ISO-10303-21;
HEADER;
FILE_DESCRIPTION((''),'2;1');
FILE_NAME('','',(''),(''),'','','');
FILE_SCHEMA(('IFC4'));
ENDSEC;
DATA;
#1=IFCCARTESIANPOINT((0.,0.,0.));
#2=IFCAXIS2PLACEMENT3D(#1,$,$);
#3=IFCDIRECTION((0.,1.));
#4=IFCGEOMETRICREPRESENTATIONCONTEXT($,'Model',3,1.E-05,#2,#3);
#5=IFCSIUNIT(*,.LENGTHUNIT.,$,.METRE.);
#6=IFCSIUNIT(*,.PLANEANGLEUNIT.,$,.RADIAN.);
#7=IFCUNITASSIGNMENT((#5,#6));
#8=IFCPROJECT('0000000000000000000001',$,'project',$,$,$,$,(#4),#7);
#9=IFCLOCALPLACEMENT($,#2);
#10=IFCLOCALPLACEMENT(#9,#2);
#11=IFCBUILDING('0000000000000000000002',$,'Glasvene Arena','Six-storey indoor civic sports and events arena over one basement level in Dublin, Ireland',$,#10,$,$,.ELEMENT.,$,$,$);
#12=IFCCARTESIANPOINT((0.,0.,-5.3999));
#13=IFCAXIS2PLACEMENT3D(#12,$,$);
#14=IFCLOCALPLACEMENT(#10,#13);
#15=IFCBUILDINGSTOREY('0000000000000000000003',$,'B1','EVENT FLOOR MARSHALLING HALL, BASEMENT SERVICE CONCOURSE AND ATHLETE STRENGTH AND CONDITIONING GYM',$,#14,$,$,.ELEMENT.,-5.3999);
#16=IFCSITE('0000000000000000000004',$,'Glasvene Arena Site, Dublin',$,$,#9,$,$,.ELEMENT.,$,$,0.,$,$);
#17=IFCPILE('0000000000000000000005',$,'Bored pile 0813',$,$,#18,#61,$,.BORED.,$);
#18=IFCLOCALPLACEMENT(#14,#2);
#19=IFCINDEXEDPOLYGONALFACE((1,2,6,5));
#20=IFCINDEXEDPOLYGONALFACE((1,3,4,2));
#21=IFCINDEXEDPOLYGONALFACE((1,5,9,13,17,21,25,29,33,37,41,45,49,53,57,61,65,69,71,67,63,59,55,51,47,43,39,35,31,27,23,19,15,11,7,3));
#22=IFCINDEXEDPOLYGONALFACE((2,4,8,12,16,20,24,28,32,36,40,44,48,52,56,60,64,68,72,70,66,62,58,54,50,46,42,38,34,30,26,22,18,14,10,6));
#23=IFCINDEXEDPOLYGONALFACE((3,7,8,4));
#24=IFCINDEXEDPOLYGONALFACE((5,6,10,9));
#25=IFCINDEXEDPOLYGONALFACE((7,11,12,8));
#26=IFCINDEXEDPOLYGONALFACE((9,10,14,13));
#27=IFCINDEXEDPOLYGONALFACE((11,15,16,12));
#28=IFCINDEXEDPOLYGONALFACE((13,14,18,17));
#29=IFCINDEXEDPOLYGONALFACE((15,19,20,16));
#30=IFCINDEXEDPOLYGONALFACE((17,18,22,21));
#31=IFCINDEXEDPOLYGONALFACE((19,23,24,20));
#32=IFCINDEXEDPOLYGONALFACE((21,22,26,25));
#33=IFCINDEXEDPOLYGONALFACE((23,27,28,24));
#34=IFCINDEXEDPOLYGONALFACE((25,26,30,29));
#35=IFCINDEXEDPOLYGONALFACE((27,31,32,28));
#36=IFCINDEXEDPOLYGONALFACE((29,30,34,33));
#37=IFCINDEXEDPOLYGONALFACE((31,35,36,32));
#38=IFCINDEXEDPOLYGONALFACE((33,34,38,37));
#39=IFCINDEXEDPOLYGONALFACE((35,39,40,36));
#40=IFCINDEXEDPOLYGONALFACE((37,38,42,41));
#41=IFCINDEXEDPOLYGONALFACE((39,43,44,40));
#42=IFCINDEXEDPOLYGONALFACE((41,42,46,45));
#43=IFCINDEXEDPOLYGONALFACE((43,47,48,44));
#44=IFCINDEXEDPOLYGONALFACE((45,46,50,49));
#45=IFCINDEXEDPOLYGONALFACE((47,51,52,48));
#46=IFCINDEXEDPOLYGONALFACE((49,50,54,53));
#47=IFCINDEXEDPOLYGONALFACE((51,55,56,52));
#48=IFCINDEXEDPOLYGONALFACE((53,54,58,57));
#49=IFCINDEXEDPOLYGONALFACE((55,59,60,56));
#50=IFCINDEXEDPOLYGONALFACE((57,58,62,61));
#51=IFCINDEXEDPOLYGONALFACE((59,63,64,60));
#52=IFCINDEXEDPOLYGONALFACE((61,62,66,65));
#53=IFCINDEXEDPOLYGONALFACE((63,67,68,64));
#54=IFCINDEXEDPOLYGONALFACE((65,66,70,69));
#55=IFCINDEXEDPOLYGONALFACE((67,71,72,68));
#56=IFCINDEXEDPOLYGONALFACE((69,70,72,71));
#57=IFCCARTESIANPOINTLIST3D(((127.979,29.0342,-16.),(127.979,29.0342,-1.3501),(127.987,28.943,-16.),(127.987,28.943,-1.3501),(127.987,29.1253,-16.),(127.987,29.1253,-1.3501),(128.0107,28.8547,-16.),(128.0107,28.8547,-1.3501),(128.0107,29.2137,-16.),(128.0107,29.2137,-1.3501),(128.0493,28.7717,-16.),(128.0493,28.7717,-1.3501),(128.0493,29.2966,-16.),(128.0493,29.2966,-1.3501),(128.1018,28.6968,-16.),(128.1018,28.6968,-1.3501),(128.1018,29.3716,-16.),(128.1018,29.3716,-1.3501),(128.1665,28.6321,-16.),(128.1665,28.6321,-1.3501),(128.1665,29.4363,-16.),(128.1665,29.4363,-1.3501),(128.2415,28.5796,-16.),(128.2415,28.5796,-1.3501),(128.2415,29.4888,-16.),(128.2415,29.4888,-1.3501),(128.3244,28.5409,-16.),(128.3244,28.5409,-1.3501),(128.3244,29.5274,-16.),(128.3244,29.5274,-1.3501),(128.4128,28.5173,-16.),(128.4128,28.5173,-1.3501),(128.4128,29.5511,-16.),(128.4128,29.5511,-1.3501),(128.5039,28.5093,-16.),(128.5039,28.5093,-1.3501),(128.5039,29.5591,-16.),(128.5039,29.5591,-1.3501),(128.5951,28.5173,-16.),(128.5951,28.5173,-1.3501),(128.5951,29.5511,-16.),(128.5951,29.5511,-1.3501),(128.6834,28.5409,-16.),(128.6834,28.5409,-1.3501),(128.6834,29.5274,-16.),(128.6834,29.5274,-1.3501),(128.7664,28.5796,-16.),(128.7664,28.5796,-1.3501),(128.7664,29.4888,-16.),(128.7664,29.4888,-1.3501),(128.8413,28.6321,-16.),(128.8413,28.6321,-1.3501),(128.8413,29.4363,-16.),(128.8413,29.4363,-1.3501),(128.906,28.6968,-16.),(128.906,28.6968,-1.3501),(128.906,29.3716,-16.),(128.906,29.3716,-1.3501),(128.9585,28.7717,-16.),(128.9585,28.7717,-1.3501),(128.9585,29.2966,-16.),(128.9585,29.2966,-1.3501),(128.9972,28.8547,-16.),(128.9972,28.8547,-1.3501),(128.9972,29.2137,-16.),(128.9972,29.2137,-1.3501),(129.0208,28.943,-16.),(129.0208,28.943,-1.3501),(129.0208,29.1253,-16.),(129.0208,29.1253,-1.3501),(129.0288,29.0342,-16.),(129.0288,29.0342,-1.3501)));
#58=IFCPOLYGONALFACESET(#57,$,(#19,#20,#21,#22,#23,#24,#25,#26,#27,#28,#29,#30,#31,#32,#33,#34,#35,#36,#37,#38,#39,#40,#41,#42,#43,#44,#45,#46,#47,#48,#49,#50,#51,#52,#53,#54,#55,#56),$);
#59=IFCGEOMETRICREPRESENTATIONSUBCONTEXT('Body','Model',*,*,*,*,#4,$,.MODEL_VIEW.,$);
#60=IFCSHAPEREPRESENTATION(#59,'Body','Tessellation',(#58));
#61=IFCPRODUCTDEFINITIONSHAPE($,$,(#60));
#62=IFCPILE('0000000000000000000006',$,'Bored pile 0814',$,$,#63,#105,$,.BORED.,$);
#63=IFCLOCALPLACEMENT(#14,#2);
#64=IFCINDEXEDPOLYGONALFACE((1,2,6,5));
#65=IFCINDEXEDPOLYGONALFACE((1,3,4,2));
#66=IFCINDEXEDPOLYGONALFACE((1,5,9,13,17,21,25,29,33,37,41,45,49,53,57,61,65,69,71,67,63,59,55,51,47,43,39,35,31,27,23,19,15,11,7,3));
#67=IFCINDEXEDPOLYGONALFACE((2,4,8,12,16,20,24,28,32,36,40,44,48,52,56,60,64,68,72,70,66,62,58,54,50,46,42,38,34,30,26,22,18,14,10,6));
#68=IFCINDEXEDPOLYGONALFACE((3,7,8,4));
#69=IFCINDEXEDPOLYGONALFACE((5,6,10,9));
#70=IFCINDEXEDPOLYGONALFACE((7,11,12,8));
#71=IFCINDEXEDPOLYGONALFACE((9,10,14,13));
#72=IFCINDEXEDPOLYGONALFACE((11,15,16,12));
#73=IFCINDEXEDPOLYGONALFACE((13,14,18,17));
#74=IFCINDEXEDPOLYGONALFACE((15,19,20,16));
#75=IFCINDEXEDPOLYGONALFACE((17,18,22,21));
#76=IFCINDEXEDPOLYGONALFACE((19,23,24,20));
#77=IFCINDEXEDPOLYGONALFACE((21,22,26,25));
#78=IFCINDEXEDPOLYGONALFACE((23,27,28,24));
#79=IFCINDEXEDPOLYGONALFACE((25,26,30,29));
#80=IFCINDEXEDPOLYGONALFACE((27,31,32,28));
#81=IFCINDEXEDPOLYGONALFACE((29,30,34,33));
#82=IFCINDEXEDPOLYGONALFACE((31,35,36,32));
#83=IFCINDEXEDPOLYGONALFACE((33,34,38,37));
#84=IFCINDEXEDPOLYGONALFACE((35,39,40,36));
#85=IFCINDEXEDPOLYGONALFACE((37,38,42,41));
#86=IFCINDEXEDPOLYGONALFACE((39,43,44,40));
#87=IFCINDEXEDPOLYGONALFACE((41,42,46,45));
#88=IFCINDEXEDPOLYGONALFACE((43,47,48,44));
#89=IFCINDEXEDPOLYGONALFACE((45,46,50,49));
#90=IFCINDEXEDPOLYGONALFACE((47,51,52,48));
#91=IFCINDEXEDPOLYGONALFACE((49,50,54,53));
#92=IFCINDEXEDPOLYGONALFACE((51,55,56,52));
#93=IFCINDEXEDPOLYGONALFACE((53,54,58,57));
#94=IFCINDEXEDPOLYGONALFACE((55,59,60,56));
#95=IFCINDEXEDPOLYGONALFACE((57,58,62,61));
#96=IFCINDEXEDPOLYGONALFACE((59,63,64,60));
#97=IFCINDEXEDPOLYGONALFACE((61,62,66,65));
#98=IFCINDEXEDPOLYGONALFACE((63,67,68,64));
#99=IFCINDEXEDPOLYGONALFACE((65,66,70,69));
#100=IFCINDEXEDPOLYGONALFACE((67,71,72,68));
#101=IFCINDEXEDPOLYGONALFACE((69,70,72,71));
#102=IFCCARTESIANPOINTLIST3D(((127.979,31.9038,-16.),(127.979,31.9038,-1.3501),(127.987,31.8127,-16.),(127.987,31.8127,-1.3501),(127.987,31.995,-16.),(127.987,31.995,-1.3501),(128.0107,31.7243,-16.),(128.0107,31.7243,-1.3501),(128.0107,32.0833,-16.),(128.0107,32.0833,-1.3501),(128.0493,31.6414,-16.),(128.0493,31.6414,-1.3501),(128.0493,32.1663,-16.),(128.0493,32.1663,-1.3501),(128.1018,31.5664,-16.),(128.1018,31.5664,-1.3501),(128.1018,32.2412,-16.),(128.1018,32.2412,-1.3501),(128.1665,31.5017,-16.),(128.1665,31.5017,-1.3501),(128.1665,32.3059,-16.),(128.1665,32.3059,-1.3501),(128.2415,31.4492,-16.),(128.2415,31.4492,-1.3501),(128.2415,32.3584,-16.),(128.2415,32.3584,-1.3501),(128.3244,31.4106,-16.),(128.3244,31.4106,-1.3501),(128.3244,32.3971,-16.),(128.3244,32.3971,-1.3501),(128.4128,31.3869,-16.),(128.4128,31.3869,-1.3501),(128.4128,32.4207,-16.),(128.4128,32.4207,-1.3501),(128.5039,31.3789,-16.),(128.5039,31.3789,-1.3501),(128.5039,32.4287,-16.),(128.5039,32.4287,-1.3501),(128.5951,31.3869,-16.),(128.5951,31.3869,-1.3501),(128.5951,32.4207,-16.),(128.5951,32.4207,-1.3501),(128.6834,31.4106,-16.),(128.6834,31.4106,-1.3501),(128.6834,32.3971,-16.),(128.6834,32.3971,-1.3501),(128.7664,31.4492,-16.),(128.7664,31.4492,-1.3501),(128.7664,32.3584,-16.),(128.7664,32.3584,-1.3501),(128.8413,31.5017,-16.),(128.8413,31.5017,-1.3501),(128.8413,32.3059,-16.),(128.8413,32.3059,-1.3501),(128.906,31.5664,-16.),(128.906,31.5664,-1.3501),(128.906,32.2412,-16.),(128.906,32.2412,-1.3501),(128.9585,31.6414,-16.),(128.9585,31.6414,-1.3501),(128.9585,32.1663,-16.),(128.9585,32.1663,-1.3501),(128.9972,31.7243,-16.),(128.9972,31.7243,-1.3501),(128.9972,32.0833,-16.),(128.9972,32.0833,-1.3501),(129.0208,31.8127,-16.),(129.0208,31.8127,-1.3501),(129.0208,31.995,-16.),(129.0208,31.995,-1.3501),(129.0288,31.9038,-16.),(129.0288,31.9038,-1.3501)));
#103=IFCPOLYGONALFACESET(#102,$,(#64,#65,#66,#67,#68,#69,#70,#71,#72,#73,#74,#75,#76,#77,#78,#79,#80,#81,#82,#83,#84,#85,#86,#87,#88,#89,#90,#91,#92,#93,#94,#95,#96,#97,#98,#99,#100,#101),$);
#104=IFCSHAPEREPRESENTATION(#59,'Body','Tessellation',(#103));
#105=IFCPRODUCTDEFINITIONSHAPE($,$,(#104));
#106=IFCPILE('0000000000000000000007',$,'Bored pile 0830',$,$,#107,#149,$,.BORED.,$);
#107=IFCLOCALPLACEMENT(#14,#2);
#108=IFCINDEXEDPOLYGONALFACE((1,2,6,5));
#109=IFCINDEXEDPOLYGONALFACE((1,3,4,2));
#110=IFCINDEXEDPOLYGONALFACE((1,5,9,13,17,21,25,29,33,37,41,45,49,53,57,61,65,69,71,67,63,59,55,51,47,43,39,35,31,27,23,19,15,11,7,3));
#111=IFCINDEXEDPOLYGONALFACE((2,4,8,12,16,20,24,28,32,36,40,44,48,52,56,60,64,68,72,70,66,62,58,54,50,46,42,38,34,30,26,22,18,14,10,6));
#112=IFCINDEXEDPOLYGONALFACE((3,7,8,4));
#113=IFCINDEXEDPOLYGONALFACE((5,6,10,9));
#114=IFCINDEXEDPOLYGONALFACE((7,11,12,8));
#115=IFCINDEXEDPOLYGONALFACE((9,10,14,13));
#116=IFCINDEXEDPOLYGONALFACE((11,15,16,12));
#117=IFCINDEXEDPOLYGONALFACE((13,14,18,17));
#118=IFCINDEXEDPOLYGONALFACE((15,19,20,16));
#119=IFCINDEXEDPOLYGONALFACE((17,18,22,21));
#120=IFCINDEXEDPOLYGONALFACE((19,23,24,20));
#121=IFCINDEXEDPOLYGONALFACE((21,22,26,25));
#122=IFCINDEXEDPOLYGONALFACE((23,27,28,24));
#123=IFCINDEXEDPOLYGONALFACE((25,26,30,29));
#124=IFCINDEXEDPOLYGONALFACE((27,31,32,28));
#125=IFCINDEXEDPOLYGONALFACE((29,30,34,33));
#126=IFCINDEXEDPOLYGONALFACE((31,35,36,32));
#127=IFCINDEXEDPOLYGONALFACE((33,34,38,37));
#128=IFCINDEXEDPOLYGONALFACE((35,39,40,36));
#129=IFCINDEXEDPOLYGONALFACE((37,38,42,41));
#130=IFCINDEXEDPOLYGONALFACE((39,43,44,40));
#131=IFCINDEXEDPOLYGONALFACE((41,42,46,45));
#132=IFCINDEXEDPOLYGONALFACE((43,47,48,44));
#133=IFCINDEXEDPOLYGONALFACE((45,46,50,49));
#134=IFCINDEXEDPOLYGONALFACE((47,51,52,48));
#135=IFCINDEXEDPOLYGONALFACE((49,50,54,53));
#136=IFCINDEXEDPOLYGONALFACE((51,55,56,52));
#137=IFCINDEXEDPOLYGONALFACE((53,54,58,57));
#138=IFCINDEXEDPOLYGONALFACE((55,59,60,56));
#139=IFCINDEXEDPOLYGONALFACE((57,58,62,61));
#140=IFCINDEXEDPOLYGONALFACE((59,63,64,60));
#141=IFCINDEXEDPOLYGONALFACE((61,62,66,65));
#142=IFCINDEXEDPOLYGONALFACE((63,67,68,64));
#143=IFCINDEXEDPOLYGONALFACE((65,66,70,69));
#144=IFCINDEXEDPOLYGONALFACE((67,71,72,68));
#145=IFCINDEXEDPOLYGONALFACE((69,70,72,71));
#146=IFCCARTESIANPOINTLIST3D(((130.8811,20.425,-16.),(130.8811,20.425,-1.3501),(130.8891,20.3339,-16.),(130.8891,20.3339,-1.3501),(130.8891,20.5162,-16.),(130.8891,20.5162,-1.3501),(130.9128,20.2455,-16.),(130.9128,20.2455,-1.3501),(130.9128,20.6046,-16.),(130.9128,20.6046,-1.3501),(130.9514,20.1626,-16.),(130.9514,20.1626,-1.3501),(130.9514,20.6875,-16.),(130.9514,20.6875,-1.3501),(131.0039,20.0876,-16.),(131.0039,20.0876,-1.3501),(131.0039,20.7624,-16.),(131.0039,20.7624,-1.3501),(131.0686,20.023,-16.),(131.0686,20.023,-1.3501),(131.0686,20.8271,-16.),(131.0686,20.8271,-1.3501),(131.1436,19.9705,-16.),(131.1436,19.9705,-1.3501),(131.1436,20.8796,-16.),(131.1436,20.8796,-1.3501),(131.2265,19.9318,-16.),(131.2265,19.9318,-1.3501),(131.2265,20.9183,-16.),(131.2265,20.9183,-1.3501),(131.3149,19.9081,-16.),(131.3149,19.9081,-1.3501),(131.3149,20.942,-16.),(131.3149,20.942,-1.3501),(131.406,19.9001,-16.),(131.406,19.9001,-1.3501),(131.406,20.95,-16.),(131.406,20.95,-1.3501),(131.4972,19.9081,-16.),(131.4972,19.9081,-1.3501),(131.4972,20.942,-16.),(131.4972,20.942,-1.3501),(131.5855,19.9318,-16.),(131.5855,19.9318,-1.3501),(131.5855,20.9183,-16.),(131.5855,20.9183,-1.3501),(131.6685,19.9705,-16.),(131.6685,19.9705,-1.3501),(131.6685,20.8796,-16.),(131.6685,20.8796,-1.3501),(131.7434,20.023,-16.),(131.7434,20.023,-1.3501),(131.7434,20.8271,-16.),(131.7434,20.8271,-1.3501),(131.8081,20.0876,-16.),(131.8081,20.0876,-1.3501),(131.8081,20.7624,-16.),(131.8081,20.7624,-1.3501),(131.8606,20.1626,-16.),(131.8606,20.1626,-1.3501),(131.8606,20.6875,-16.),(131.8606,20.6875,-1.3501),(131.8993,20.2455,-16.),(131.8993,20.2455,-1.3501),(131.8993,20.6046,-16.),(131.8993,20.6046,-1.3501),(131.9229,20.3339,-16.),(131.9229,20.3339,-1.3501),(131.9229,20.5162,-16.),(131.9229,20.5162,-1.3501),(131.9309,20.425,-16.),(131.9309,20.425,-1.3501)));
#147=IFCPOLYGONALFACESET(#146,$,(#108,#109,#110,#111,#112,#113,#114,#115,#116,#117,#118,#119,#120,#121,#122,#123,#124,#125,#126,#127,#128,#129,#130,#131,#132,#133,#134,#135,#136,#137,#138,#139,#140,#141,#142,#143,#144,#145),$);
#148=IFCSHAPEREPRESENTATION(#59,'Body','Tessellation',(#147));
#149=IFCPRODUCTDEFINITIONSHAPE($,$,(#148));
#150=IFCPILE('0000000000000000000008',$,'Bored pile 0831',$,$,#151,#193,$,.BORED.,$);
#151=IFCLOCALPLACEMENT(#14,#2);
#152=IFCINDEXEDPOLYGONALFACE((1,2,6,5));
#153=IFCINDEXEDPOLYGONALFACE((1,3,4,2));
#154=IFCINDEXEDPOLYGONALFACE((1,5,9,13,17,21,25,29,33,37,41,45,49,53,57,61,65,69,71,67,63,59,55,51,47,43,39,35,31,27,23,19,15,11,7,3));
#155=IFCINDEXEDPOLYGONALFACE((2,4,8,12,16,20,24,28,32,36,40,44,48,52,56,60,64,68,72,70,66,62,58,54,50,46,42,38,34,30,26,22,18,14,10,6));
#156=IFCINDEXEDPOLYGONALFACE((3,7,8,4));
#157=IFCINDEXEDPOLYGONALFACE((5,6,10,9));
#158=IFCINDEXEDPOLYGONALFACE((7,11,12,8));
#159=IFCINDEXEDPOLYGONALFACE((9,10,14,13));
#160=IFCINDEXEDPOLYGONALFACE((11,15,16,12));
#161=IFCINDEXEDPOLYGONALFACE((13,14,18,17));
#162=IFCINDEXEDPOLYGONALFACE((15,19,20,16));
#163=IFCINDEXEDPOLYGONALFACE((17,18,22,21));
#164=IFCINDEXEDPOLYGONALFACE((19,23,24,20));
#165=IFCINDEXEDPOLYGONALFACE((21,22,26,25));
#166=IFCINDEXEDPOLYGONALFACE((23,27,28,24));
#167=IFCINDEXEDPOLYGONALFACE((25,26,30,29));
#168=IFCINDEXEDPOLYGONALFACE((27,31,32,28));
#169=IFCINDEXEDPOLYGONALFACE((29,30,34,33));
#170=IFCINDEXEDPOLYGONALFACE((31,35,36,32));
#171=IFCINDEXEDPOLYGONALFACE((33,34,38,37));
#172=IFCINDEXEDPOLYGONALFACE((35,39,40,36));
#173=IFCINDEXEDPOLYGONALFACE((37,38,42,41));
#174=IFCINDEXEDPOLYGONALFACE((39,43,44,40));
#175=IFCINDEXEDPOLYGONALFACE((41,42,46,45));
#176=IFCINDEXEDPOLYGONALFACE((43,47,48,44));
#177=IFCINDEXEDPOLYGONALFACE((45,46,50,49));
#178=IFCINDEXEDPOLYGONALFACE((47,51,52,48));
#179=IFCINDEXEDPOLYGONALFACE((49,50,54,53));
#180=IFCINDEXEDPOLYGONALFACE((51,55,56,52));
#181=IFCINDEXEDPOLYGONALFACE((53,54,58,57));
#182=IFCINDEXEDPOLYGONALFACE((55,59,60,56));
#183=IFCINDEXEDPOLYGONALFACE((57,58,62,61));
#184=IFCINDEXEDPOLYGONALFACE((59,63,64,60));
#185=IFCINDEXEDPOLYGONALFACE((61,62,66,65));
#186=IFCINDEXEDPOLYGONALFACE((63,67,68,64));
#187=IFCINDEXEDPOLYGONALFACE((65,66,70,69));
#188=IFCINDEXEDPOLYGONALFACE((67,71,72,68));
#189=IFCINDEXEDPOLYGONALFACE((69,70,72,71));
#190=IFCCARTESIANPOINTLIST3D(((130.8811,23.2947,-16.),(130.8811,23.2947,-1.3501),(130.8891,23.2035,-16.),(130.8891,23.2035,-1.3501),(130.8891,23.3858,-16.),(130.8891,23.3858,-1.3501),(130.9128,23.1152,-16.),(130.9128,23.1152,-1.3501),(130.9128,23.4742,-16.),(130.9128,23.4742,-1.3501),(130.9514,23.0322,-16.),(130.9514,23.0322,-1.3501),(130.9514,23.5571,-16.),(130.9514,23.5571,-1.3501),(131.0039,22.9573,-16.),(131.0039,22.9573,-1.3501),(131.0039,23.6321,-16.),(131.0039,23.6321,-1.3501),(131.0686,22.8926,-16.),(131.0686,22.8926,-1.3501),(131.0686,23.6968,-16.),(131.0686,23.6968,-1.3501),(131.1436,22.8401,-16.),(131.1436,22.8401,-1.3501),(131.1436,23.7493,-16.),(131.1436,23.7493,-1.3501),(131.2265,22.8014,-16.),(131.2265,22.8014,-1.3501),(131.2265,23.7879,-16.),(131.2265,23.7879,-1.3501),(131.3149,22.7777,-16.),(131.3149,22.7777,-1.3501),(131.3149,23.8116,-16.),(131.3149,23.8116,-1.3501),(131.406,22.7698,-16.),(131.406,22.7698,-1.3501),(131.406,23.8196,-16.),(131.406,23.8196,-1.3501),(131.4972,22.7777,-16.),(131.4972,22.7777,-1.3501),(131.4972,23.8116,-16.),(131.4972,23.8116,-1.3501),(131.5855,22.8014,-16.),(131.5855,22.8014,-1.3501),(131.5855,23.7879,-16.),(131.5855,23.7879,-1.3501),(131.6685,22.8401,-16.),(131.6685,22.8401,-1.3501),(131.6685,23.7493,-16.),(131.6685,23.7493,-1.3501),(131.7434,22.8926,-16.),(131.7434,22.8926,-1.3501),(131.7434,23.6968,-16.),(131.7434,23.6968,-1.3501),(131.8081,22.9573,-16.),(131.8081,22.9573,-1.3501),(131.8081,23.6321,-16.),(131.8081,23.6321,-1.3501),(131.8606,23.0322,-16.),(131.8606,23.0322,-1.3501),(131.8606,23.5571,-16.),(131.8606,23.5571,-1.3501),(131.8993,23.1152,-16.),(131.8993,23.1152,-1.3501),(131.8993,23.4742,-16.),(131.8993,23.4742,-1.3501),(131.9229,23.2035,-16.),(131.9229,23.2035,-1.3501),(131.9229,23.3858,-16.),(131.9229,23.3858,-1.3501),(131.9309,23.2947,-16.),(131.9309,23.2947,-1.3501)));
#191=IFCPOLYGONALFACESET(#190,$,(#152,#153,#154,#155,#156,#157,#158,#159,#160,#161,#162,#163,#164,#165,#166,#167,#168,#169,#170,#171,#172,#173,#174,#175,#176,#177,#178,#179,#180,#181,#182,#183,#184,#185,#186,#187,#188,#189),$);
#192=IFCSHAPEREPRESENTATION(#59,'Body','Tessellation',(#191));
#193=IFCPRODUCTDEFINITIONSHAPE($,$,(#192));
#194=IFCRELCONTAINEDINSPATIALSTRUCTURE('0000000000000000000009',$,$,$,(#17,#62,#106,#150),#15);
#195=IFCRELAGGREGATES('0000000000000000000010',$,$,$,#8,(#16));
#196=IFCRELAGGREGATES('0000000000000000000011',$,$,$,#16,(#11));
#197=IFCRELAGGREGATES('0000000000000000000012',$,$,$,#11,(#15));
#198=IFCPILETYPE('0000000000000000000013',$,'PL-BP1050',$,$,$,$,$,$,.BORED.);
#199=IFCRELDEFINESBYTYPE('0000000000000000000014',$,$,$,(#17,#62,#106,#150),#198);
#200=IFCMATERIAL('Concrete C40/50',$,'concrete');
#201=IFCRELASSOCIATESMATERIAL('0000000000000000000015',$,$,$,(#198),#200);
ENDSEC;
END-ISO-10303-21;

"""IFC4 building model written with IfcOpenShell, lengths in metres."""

from ifc_helpers import new_model, si_unit, direction, frame, origin, origin_2d, place, context, subcontext, project, spatial, circle, extrude, material, material_profile, profile_set, type_object, element, save


model = new_model("IFC4")

# Units and contexts
model_context = context("Model", 3, precision=1e-05, world=origin(), true_north=direction((0.0, 1.0)))
body_context = subcontext(model_context, "Body", "Model", "MODEL_VIEW")
ifc_project = project(units=[si_unit("LENGTHUNIT", "METRE"), si_unit("PLANEANGLEUNIT", "RADIAN")], contexts=[model_context])

# Site, building, storey
site_placement = place(None, origin())
site = spatial("IfcSite", under=ifc_project, at=site_placement, Name="Glasvene Arena Site, Dublin", CompositionType="ELEMENT", RefElevation=0.0)
building_placement = place(site_placement, origin())
building = spatial("IfcBuilding", under=site, at=building_placement, Name="Glasvene Arena", Description="Six-storey indoor civic sports and events arena over one basement level in Dublin, Ireland", CompositionType="ELEMENT")
storey_placement = place(building_placement, frame((0.0, 0.0, -5.3999)))
storey = spatial("IfcBuildingStorey", under=building, at=storey_placement, Name="B1", Description="EVENT FLOOR MARSHALLING HALL, BASEMENT SERVICE CONCOURSE AND ATHLETE STRENGTH AND CONDITIONING GYM", CompositionType="ELEMENT", Elevation=-5.3999)

# Piles
ifc_material = material(Name="Concrete C40/50", Category="concrete")
ifc_material_profile_1 = material_profile(ifc_material, circle(Radius=0.5249, at=origin_2d()), Name="BORED PILE 1050")
ifc_profile_set_1 = profile_set([ifc_material_profile_1], Name="Concrete C40/50")
pile_type = type_object("IfcPileType", Name="PL-BP1050", PredefinedType="BORED", material=ifc_profile_set_1)
for number, where, z_axis, x_axis, name in (
    (1, (128.5039, 29.0342, -1.3501), (0.0, 0.0, -1.0), (1.0, 0.0, 0.0), "Bored pile 0813"),
    (2, (128.5039, 31.9038, -1.3501), (0.0, 0.0, -1.0), (1.0, 0.0, 0.0), "Bored pile 0814"),
    (3, (131.406, 20.425, -1.3501), (0.0, 0.0, -1.0), (1.0, 0.0, 0.0), "Bored pile 0830"),
    (4, (131.406, 23.2947, -1.3501), (0.0, 0.0, -1.0), (1.0, 0.0, 0.0), "Bored pile 0831"),
):
    element("IfcPile", number, at=place(storey_placement, frame(where, z_axis=z_axis, x_axis=x_axis)), inside=storey, type_object=pile_type, Name=name, PredefinedType="BORED", context=body_context, shape_type="SweptSolid", body=[
        extrude(circle(Radius=0.5249, at=origin_2d()), origin(), (0.0, 0.0, 1.0), 14.6499),
    ])

save(model, "model.ifc")
